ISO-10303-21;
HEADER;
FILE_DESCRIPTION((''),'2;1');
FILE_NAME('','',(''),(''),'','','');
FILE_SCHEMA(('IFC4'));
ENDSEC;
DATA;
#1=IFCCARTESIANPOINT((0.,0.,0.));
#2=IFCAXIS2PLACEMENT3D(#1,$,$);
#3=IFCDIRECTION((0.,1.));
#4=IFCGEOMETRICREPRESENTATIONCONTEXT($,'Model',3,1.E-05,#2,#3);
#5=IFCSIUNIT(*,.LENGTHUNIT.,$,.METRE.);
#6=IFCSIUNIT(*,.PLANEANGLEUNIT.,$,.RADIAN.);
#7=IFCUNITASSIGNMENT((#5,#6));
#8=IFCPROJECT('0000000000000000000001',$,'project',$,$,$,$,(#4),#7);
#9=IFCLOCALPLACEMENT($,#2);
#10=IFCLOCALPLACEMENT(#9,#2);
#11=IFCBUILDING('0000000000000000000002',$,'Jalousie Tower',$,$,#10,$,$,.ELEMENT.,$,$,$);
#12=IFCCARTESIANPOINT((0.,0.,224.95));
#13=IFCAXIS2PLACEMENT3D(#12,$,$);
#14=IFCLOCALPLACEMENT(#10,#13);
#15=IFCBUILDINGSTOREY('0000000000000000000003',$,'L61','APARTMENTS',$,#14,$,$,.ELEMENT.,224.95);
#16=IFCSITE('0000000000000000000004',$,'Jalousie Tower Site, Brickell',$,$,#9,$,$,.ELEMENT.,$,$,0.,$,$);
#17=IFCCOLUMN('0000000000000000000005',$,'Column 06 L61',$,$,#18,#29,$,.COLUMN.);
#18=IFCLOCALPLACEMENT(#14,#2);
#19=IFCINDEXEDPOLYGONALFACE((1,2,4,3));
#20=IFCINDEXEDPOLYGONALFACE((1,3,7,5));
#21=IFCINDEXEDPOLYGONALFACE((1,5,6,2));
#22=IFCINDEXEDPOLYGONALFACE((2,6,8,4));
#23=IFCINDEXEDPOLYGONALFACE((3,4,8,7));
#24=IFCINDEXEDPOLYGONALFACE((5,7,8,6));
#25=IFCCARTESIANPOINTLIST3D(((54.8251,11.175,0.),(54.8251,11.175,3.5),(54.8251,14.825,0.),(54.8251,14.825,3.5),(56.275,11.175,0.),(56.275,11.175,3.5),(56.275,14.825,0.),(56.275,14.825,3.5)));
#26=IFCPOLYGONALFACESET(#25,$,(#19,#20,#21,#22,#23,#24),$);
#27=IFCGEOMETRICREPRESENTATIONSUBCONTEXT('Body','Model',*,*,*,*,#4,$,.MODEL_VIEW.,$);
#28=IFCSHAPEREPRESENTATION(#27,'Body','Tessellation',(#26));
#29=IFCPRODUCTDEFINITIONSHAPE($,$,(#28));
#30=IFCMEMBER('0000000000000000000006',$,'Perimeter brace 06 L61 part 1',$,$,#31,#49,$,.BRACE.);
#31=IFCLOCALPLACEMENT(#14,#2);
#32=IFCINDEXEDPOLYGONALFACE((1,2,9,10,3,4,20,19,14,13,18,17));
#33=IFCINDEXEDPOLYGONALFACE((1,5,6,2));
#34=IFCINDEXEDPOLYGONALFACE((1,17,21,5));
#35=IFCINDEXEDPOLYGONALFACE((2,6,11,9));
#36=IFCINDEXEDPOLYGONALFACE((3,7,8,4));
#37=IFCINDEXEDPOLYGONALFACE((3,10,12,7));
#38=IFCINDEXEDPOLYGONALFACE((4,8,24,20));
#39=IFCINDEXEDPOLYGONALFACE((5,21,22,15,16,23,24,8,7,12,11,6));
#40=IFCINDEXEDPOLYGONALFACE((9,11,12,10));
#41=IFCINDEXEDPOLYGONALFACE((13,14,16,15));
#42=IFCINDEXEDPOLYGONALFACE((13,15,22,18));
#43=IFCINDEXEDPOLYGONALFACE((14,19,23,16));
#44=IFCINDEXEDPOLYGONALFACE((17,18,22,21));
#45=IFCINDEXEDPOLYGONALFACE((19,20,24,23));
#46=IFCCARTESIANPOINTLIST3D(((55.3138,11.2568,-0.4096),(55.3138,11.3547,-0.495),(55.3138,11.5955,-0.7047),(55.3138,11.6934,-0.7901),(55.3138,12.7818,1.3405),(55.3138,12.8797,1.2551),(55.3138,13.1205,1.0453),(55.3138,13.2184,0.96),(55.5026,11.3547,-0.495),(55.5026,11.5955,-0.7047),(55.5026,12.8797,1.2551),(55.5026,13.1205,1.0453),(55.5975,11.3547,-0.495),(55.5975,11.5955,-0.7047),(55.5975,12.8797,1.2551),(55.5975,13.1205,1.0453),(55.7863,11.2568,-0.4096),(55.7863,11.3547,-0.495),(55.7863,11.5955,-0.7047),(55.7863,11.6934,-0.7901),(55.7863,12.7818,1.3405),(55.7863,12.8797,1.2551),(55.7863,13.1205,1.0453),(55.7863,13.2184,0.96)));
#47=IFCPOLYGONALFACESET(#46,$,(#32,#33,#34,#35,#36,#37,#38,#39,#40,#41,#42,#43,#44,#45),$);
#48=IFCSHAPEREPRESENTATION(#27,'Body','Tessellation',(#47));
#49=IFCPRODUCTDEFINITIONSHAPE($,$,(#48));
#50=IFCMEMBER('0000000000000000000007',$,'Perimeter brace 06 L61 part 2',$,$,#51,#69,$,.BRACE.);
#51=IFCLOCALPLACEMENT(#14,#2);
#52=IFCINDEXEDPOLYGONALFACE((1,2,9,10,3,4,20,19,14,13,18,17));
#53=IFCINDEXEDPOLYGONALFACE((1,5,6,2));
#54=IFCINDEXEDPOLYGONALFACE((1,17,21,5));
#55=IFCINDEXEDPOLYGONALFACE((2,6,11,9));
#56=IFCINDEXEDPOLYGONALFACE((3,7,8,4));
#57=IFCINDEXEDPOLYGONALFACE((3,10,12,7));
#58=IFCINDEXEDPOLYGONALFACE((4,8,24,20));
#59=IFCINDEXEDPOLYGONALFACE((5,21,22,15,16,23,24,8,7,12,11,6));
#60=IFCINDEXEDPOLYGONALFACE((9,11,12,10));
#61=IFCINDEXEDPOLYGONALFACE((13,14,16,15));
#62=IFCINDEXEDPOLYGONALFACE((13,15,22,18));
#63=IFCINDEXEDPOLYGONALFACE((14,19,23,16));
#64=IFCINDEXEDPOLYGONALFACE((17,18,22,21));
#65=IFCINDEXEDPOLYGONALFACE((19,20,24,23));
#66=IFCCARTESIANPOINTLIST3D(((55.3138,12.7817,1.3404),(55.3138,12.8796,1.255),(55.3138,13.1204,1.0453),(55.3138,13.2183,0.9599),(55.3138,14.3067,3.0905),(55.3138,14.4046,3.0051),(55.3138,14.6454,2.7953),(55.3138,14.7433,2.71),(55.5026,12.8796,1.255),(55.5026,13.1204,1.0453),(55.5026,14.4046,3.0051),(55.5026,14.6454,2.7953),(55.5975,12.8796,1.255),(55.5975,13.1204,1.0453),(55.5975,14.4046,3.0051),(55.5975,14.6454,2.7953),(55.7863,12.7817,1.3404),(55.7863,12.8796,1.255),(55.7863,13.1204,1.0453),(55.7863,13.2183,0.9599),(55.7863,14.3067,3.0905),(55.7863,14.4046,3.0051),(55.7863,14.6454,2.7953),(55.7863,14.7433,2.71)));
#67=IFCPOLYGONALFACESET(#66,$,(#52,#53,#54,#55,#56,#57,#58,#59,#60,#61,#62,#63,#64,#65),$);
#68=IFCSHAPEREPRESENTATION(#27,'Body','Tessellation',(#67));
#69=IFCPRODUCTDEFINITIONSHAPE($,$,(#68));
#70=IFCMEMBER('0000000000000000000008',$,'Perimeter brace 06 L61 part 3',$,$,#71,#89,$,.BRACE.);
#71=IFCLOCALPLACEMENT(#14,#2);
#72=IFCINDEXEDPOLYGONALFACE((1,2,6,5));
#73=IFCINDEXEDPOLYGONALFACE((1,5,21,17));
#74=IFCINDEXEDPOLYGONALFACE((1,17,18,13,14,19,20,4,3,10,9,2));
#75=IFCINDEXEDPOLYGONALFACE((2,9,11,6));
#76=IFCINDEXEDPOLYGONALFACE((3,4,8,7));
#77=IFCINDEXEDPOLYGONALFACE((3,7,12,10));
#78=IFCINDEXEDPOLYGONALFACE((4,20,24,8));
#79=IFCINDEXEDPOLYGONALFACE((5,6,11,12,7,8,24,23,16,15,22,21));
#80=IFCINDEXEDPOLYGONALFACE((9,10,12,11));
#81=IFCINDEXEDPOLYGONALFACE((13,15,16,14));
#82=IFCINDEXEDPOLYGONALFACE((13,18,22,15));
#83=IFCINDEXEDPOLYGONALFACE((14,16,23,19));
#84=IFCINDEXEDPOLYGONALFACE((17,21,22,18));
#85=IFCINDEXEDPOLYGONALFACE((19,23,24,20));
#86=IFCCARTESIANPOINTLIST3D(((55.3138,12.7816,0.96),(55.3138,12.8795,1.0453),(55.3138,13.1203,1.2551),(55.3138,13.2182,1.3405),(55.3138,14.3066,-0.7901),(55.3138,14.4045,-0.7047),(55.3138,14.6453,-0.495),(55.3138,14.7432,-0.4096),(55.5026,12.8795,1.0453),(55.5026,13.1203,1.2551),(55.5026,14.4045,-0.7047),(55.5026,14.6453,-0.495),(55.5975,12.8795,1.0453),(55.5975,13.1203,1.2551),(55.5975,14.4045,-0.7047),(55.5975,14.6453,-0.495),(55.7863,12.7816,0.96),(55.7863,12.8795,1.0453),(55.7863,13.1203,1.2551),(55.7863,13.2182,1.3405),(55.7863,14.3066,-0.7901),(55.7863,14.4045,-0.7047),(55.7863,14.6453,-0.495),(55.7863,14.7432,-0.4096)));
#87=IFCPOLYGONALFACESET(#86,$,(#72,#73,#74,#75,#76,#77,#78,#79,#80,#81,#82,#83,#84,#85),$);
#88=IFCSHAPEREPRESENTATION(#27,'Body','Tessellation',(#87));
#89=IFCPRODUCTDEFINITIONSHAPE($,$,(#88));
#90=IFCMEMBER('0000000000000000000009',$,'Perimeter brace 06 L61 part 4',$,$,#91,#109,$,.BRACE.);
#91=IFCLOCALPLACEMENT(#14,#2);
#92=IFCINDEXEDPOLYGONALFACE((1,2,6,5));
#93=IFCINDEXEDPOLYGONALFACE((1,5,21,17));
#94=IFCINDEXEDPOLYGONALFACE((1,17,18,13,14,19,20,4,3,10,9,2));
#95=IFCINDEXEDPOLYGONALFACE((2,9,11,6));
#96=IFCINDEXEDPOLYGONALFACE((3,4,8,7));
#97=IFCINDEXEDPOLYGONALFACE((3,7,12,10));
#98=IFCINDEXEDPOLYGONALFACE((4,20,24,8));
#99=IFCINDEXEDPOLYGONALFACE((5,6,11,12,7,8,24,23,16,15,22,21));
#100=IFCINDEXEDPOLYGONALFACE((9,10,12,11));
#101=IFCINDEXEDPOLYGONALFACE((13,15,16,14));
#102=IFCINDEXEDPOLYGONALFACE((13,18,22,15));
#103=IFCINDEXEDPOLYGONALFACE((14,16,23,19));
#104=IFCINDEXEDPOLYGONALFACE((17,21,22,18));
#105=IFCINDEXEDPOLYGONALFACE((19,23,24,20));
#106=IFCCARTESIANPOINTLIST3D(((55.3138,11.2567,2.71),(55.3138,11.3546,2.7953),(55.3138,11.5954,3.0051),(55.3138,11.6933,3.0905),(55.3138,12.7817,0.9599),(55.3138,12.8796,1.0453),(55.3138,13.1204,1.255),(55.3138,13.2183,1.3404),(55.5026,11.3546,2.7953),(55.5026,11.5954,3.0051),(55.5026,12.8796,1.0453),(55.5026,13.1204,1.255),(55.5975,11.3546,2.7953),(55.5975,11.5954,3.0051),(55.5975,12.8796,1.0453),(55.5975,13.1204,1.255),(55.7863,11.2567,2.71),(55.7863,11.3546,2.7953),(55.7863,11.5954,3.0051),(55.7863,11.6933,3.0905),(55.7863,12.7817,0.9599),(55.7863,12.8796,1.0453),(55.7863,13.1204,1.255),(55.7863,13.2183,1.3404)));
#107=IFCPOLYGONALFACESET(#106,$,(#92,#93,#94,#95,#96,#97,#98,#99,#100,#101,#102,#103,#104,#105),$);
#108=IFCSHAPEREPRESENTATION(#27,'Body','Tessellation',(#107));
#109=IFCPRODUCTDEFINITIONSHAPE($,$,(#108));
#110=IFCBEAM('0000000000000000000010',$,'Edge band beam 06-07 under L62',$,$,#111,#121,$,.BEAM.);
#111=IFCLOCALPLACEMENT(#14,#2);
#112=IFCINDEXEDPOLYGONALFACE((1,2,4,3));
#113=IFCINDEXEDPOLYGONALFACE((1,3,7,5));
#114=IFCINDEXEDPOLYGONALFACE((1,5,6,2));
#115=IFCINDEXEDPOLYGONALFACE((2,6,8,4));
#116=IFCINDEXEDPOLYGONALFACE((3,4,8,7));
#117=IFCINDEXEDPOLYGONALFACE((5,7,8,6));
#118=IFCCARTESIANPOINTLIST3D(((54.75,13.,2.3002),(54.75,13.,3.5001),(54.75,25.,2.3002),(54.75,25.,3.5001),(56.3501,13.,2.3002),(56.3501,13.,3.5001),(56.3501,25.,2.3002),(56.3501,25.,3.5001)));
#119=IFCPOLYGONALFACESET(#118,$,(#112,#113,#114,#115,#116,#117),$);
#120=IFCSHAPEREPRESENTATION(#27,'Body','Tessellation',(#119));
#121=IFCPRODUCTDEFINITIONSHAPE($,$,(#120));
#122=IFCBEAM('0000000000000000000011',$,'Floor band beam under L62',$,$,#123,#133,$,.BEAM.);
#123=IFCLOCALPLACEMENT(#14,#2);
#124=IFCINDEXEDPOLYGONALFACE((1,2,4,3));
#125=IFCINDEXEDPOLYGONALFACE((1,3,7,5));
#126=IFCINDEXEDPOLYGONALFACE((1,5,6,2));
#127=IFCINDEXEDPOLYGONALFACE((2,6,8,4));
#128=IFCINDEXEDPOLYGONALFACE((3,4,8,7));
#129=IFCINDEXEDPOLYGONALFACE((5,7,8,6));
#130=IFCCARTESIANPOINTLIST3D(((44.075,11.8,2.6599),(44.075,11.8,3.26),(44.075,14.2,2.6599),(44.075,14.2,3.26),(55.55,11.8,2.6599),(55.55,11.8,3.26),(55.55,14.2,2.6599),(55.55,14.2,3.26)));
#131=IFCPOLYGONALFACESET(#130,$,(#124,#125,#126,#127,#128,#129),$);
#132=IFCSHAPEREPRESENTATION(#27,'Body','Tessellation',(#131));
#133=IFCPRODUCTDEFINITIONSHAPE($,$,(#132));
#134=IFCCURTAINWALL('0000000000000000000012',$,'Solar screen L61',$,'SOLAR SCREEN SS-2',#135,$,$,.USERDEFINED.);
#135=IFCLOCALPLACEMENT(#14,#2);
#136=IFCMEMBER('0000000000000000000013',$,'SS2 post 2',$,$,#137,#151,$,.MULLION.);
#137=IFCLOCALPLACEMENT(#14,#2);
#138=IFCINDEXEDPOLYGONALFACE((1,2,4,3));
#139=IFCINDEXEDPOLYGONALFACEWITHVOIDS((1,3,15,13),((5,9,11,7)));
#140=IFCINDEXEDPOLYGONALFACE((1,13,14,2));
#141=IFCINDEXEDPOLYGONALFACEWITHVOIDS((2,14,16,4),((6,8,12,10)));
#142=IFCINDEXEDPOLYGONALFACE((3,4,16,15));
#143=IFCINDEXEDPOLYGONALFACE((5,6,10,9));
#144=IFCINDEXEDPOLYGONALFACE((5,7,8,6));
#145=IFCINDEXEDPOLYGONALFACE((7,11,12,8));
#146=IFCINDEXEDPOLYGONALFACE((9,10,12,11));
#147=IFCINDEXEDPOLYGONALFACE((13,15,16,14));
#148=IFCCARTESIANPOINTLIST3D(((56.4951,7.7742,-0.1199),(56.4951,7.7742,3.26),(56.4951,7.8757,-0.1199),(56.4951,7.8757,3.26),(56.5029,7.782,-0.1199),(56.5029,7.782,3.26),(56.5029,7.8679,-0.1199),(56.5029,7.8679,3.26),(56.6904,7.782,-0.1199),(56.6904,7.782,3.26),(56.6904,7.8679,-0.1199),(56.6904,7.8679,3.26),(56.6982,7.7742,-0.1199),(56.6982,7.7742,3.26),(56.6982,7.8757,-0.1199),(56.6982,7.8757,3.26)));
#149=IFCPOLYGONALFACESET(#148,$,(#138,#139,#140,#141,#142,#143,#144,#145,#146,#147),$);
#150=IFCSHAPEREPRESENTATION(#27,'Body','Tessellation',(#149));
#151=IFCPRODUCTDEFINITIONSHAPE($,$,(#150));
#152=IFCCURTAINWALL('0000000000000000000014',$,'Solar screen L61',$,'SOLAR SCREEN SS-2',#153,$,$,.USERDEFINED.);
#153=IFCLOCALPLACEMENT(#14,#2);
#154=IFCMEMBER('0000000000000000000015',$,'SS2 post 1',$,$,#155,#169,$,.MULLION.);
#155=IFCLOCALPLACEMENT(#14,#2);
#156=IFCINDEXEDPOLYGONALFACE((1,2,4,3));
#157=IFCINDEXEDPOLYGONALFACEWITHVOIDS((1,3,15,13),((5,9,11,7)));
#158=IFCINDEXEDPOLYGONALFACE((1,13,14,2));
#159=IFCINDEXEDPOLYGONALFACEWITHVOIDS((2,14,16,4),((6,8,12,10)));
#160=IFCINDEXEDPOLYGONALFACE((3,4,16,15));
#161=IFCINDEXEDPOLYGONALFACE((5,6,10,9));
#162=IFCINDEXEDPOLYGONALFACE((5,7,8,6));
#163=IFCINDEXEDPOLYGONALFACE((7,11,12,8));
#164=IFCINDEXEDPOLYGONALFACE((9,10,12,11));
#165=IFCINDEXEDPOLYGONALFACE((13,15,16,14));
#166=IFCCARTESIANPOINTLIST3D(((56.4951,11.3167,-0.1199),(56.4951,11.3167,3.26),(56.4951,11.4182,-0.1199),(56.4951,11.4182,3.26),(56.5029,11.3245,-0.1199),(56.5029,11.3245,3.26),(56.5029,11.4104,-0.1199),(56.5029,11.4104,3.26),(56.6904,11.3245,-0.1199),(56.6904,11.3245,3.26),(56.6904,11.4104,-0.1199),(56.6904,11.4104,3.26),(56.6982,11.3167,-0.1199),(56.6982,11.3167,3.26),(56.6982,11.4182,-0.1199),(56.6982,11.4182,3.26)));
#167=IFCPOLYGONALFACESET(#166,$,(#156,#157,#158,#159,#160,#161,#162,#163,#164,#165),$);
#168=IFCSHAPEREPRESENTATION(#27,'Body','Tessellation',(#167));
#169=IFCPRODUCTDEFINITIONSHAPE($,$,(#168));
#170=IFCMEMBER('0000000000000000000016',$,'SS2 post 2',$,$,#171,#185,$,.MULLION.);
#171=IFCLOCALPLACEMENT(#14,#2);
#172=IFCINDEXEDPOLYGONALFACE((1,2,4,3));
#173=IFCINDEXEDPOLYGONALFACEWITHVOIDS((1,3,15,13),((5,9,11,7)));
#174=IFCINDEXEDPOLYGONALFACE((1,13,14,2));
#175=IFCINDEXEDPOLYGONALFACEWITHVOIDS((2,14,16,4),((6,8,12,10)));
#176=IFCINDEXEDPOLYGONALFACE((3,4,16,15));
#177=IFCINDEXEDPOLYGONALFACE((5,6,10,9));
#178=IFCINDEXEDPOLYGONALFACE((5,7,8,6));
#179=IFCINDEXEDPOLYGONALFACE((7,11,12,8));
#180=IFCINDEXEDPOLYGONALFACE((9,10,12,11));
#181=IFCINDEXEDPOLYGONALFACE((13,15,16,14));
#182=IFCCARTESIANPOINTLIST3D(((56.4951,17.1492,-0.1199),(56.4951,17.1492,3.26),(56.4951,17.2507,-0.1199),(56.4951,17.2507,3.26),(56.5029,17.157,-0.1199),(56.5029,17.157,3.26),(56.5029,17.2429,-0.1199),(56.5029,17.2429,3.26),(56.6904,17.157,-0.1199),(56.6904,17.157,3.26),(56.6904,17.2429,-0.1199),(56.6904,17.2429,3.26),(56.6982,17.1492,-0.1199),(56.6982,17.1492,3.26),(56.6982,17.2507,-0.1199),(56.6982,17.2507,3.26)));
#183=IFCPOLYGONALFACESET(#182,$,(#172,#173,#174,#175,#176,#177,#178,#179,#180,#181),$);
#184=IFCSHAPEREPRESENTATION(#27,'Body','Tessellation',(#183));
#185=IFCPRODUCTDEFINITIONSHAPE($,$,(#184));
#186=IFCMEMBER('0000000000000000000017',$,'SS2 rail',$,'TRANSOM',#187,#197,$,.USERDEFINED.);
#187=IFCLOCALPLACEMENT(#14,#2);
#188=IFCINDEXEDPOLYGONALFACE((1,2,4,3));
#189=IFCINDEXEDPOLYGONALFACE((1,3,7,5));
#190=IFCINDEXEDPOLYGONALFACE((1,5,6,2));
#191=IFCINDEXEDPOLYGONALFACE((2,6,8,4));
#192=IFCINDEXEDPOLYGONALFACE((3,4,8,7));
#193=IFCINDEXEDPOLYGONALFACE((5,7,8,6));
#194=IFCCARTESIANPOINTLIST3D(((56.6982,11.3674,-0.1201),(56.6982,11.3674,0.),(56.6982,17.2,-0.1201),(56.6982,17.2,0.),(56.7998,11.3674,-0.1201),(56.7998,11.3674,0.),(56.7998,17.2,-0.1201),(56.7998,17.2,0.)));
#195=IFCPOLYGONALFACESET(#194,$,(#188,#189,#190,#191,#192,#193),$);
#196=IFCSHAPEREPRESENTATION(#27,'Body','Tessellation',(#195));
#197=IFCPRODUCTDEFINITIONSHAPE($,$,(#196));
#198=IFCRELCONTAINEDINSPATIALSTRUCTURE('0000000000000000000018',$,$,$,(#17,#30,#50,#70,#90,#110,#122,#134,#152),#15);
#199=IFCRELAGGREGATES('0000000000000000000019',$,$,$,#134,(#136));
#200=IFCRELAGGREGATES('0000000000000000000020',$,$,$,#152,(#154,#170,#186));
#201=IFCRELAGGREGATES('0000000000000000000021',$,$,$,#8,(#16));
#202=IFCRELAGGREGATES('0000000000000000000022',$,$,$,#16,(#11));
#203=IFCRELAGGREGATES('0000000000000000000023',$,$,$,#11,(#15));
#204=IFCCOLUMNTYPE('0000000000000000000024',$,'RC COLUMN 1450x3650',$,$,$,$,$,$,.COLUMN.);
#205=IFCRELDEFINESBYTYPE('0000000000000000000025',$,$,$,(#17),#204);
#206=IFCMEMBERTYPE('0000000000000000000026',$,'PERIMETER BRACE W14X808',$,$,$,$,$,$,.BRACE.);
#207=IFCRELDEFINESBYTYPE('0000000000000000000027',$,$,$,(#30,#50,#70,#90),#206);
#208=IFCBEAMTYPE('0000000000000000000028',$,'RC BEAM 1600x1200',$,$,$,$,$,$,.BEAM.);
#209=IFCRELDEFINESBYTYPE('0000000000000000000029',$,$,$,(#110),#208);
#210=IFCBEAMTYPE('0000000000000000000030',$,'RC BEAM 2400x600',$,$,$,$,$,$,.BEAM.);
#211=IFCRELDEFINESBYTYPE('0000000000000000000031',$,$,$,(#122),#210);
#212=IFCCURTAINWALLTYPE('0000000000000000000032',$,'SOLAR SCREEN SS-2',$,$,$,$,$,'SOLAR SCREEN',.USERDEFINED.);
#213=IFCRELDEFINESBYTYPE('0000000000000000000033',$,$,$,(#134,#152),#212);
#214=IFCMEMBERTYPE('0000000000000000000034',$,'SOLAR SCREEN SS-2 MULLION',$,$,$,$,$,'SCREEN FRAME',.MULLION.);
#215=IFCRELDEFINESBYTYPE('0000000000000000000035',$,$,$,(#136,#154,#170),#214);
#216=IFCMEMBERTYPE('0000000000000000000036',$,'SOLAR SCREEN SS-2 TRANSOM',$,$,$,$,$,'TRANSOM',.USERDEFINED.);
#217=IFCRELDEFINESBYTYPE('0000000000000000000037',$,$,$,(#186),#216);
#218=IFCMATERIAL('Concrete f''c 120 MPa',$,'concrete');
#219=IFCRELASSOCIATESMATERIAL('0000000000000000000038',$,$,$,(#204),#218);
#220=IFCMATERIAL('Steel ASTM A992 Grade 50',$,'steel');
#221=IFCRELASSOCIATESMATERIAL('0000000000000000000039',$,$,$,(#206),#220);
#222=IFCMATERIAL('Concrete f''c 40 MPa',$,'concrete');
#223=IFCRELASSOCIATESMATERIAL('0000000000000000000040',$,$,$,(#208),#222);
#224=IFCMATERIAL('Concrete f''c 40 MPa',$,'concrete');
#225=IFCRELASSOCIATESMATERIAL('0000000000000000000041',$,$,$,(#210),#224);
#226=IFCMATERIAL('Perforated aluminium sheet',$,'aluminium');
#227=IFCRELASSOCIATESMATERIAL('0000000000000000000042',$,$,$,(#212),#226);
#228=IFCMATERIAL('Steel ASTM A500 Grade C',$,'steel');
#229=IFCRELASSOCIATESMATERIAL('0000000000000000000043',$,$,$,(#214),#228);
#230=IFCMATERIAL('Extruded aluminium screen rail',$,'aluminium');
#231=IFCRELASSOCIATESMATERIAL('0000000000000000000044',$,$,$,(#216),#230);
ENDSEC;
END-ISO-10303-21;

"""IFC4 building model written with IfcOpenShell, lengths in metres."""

from ifc_helpers import new_model, si_unit, direction, frame, origin, origin_2d, place, context, subcontext, project, spatial, rectangle, hollow_rectangle, i_section, extrude, material, material_profile, profile_set, type_object, element, aggregate, save


model = new_model("IFC4")

# Units and contexts
model_context = context("Model", 3, precision=1e-05, world=origin(), true_north=direction((0.0, 1.0)))
body_context = subcontext(model_context, "Body", "Model", "MODEL_VIEW")
ifc_project = project(units=[si_unit("LENGTHUNIT", "METRE"), si_unit("PLANEANGLEUNIT", "RADIAN")], contexts=[model_context])

# Site, building, storey
site_placement = place(None, origin())
site = spatial("IfcSite", under=ifc_project, at=site_placement, Name="Jalousie Tower Site, Brickell", CompositionType="ELEMENT", RefElevation=0.0)
building_placement = place(site_placement, origin())
building = spatial("IfcBuilding", under=site, at=building_placement, Name="Jalousie Tower", CompositionType="ELEMENT")
storey_placement = place(building_placement, frame((0.0, 0.0, 224.95)))
storey = spatial("IfcBuildingStorey", under=building, at=storey_placement, Name="L61", Description="APARTMENTS", CompositionType="ELEMENT", Elevation=224.95)

# Column
ifc_material_1 = material(Name="Concrete f'c 120 MPa", Category="concrete")
ifc_material_profile_1 = material_profile(ifc_material_1, rectangle(XDim=1.45, YDim=3.6499, at=origin_2d()), Name="RC 1450x3650")
ifc_profile_set_1 = profile_set([ifc_material_profile_1], Name="Concrete f'c 120 MPa")
column_type = type_object("IfcColumnType", Name="RC COLUMN 1450x3650", PredefinedType="COLUMN", material=ifc_profile_set_1)
column_placement = place(storey_placement, frame((55.55, 13.0, 0.0), z_axis=(0.0, 0.0, 1.0), x_axis=(1.0, 0.0, 0.0)))
element("IfcColumn", 1, at=column_placement, inside=storey, type_object=column_type, Name="Column 06 L61", PredefinedType="COLUMN", context=body_context, shape_type="SweptSolid", body=[
    extrude(rectangle(XDim=1.45, YDim=3.6499, at=origin_2d()), origin(), (0.0, 0.0, 1.0), 3.5),
])

# Members
ifc_material_2 = material(Name="Steel ASTM A992 Grade 50", Category="steel")
ifc_material_profile_2 = material_profile(ifc_material_2, i_section(OverallWidth=0.4724, OverallDepth=0.5791, WebThickness=0.095, FlangeThickness=0.1299, at=origin_2d()), Name="W14X808")
ifc_profile_set_2 = profile_set([ifc_material_profile_2], Name="Steel ASTM A992 Grade 50")
member_type_1 = type_object("IfcMemberType", Name="PERIMETER BRACE W14X808", PredefinedType="BRACE", material=ifc_profile_set_2)
for number, where, z_axis, x_axis, name in (
    (2, (55.55, 11.4751, -0.5999), (0.0, 0.656954, 0.75393), (-1.0, 0.0, 0.0), "Perimeter brace 06 L61 part 1"),
    (3, (55.55, 13.0, 1.1501), (0.0, 0.656954, 0.75393), (-1.0, 0.0, 0.0), "Perimeter brace 06 L61 part 2"),
    (4, (55.55, 14.5249, -0.5999), (0.0, -0.656954, 0.75393), (1.0, 0.0, 0.0), "Perimeter brace 06 L61 part 3"),
    (5, (55.55, 13.0, 1.1501), (0.0, -0.656954, 0.75393), (1.0, 0.0, 0.0), "Perimeter brace 06 L61 part 4"),
):
    element("IfcMember", number, at=place(storey_placement, frame(where, z_axis=z_axis, x_axis=x_axis)), inside=storey, type_object=member_type_1, Name=name, PredefinedType="BRACE", context=body_context, shape_type="SweptSolid", body=[
        extrude(i_section(OverallWidth=0.4724, OverallDepth=0.5791, WebThickness=0.095, FlangeThickness=0.1299, at=origin_2d()), origin(), (0.0, 0.0, 1.0), 2.3213),
    ])

# Beams
ifc_material_3 = material(Name="Concrete f'c 40 MPa", Category="concrete")
ifc_material_profile_3 = material_profile(ifc_material_3, rectangle(XDim=1.6001, YDim=1.2, at=origin_2d()), Name="RC 1600x1200")
ifc_profile_set_3 = profile_set([ifc_material_profile_3], Name="Concrete f'c 40 MPa")
beam_type_1 = type_object("IfcBeamType", Name="RC BEAM 1600x1200", PredefinedType="BEAM", material=ifc_profile_set_3)
beam_1_placement = place(storey_placement, frame((55.55, 13.0, 2.9001), z_axis=(0.0, 1.0, 0.0), x_axis=(-1.0, 0.0, 0.0)))
element("IfcBeam", 6, at=beam_1_placement, inside=storey, type_object=beam_type_1, Name="Edge band beam 06-07 under L62", PredefinedType="BEAM", context=body_context, shape_type="SweptSolid", body=[
    extrude(rectangle(XDim=1.6001, YDim=1.2, at=origin_2d()), origin(), (0.0, 0.0, 1.0), 12.0),
])
ifc_material_4 = material(Name="Concrete f'c 40 MPa", Category="concrete")
ifc_material_profile_4 = material_profile(ifc_material_4, rectangle(XDim=2.3999, YDim=0.6001, at=origin_2d()), Name="RC 2400x600")
ifc_profile_set_4 = profile_set([ifc_material_profile_4], Name="Concrete f'c 40 MPa")
beam_type_2 = type_object("IfcBeamType", Name="RC BEAM 2400x600", PredefinedType="BEAM", material=ifc_profile_set_4)
beam_2_placement = place(storey_placement, frame((55.55, 13.0, 2.96), z_axis=(-1.0, 0.0, 0.0), x_axis=(0.0, -1.0, 0.0)))
element("IfcBeam", 7, at=beam_2_placement, inside=storey, type_object=beam_type_2, Name="Floor band beam under L62", PredefinedType="BEAM", context=body_context, shape_type="SweptSolid", body=[
    extrude(rectangle(XDim=2.3999, YDim=0.6001, at=origin_2d()), origin(), (0.0, 0.0, 1.0), 11.4751),
])

# Curtain wall, member
ifc_material_5 = material(Name="Perforated aluminium sheet", Category="aluminium")
curtain_wall_type = type_object("IfcCurtainWallType", Name="SOLAR SCREEN SS-2", ElementType="SOLAR SCREEN", PredefinedType="USERDEFINED", material=ifc_material_5)
curtain_wall_1_placement = place(storey_placement, origin())
curtain_wall_1 = element("IfcCurtainWall", 8, at=curtain_wall_1_placement, inside=storey, type_object=curtain_wall_type, Name="Solar screen L61", ObjectType="SOLAR SCREEN SS-2", PredefinedType="USERDEFINED")
ifc_material_6 = material(Name="Steel ASTM A500 Grade C", Category="steel")
ifc_material_profile_5 = material_profile(ifc_material_6, hollow_rectangle(XDim=0.1016, YDim=0.2031, WallThickness=0.0078, at=origin_2d()), Name="HSS8X4X5/16")
ifc_profile_set_5 = profile_set([ifc_material_profile_5], Name="Steel ASTM A500 Grade C")
member_type_2 = type_object("IfcMemberType", Name="SOLAR SCREEN SS-2 MULLION", ElementType="SCREEN FRAME", PredefinedType="MULLION", material=ifc_profile_set_5)
member_1_placement = place(storey_placement, frame((56.5967, 7.825, -0.1199), z_axis=(0.0, 0.0, 1.0), x_axis=(0.0, 1.0, 0.0)))
member_1 = element("IfcMember", 9, at=member_1_placement, type_object=member_type_2, Name="SS2 post 2", PredefinedType="MULLION", context=body_context, shape_type="SweptSolid", body=[
    extrude(hollow_rectangle(XDim=0.1016, YDim=0.2031, WallThickness=0.0078, at=origin_2d()), origin(), (0.0, 0.0, 1.0), 3.3799),
])

# Curtain wall, members
curtain_wall_2_placement = place(storey_placement, origin())
curtain_wall_2 = element("IfcCurtainWall", 10, at=curtain_wall_2_placement, inside=storey, type_object=curtain_wall_type, Name="Solar screen L61", ObjectType="SOLAR SCREEN SS-2", PredefinedType="USERDEFINED")
member_2_placement = place(storey_placement, frame((56.5967, 11.3674, -0.1199), z_axis=(0.0, 0.0, 1.0), x_axis=(0.0, 1.0, 0.0)))
member_2 = element("IfcMember", 11, at=member_2_placement, type_object=member_type_2, Name="SS2 post 1", PredefinedType="MULLION", context=body_context, shape_type="SweptSolid", body=[
    extrude(hollow_rectangle(XDim=0.1016, YDim=0.2031, WallThickness=0.0078, at=origin_2d()), origin(), (0.0, 0.0, 1.0), 3.3799),
])
member_3_placement = place(storey_placement, frame((56.5967, 17.2, -0.1199), z_axis=(0.0, 0.0, 1.0), x_axis=(0.0, 1.0, 0.0)))
member_3 = element("IfcMember", 12, at=member_3_placement, type_object=member_type_2, Name="SS2 post 2", PredefinedType="MULLION", context=body_context, shape_type="SweptSolid", body=[
    extrude(hollow_rectangle(XDim=0.1016, YDim=0.2031, WallThickness=0.0078, at=origin_2d()), origin(), (0.0, 0.0, 1.0), 3.3799),
])
ifc_material_7 = material(Name="Extruded aluminium screen rail", Category="aluminium")
ifc_material_profile_6 = material_profile(ifc_material_7, rectangle(XDim=0.1016, YDim=0.1201, at=origin_2d()), Name="RAIL 102x120")
ifc_profile_set_6 = profile_set([ifc_material_profile_6], Name="Extruded aluminium screen rail")
member_type_3 = type_object("IfcMemberType", Name="SOLAR SCREEN SS-2 TRANSOM", ElementType="TRANSOM", PredefinedType="USERDEFINED", material=ifc_profile_set_6)
member_4_placement = place(storey_placement, frame((56.749, 11.3674, -0.0601), z_axis=(0.0, 1.0, 0.0), x_axis=(-1.0, 0.0, 0.0)))
member_4 = element("IfcMember", 13, at=member_4_placement, type_object=member_type_3, Name="SS2 rail", ObjectType="TRANSOM", PredefinedType="USERDEFINED", context=body_context, shape_type="SweptSolid", body=[
    extrude(rectangle(XDim=0.1016, YDim=0.1201, at=origin_2d()), origin(), (0.0, 0.0, 1.0), 5.8325),
])

aggregate(curtain_wall_1, [member_1])
aggregate(curtain_wall_2, [member_2, member_3, member_4])

save(model, "model.ifc")
